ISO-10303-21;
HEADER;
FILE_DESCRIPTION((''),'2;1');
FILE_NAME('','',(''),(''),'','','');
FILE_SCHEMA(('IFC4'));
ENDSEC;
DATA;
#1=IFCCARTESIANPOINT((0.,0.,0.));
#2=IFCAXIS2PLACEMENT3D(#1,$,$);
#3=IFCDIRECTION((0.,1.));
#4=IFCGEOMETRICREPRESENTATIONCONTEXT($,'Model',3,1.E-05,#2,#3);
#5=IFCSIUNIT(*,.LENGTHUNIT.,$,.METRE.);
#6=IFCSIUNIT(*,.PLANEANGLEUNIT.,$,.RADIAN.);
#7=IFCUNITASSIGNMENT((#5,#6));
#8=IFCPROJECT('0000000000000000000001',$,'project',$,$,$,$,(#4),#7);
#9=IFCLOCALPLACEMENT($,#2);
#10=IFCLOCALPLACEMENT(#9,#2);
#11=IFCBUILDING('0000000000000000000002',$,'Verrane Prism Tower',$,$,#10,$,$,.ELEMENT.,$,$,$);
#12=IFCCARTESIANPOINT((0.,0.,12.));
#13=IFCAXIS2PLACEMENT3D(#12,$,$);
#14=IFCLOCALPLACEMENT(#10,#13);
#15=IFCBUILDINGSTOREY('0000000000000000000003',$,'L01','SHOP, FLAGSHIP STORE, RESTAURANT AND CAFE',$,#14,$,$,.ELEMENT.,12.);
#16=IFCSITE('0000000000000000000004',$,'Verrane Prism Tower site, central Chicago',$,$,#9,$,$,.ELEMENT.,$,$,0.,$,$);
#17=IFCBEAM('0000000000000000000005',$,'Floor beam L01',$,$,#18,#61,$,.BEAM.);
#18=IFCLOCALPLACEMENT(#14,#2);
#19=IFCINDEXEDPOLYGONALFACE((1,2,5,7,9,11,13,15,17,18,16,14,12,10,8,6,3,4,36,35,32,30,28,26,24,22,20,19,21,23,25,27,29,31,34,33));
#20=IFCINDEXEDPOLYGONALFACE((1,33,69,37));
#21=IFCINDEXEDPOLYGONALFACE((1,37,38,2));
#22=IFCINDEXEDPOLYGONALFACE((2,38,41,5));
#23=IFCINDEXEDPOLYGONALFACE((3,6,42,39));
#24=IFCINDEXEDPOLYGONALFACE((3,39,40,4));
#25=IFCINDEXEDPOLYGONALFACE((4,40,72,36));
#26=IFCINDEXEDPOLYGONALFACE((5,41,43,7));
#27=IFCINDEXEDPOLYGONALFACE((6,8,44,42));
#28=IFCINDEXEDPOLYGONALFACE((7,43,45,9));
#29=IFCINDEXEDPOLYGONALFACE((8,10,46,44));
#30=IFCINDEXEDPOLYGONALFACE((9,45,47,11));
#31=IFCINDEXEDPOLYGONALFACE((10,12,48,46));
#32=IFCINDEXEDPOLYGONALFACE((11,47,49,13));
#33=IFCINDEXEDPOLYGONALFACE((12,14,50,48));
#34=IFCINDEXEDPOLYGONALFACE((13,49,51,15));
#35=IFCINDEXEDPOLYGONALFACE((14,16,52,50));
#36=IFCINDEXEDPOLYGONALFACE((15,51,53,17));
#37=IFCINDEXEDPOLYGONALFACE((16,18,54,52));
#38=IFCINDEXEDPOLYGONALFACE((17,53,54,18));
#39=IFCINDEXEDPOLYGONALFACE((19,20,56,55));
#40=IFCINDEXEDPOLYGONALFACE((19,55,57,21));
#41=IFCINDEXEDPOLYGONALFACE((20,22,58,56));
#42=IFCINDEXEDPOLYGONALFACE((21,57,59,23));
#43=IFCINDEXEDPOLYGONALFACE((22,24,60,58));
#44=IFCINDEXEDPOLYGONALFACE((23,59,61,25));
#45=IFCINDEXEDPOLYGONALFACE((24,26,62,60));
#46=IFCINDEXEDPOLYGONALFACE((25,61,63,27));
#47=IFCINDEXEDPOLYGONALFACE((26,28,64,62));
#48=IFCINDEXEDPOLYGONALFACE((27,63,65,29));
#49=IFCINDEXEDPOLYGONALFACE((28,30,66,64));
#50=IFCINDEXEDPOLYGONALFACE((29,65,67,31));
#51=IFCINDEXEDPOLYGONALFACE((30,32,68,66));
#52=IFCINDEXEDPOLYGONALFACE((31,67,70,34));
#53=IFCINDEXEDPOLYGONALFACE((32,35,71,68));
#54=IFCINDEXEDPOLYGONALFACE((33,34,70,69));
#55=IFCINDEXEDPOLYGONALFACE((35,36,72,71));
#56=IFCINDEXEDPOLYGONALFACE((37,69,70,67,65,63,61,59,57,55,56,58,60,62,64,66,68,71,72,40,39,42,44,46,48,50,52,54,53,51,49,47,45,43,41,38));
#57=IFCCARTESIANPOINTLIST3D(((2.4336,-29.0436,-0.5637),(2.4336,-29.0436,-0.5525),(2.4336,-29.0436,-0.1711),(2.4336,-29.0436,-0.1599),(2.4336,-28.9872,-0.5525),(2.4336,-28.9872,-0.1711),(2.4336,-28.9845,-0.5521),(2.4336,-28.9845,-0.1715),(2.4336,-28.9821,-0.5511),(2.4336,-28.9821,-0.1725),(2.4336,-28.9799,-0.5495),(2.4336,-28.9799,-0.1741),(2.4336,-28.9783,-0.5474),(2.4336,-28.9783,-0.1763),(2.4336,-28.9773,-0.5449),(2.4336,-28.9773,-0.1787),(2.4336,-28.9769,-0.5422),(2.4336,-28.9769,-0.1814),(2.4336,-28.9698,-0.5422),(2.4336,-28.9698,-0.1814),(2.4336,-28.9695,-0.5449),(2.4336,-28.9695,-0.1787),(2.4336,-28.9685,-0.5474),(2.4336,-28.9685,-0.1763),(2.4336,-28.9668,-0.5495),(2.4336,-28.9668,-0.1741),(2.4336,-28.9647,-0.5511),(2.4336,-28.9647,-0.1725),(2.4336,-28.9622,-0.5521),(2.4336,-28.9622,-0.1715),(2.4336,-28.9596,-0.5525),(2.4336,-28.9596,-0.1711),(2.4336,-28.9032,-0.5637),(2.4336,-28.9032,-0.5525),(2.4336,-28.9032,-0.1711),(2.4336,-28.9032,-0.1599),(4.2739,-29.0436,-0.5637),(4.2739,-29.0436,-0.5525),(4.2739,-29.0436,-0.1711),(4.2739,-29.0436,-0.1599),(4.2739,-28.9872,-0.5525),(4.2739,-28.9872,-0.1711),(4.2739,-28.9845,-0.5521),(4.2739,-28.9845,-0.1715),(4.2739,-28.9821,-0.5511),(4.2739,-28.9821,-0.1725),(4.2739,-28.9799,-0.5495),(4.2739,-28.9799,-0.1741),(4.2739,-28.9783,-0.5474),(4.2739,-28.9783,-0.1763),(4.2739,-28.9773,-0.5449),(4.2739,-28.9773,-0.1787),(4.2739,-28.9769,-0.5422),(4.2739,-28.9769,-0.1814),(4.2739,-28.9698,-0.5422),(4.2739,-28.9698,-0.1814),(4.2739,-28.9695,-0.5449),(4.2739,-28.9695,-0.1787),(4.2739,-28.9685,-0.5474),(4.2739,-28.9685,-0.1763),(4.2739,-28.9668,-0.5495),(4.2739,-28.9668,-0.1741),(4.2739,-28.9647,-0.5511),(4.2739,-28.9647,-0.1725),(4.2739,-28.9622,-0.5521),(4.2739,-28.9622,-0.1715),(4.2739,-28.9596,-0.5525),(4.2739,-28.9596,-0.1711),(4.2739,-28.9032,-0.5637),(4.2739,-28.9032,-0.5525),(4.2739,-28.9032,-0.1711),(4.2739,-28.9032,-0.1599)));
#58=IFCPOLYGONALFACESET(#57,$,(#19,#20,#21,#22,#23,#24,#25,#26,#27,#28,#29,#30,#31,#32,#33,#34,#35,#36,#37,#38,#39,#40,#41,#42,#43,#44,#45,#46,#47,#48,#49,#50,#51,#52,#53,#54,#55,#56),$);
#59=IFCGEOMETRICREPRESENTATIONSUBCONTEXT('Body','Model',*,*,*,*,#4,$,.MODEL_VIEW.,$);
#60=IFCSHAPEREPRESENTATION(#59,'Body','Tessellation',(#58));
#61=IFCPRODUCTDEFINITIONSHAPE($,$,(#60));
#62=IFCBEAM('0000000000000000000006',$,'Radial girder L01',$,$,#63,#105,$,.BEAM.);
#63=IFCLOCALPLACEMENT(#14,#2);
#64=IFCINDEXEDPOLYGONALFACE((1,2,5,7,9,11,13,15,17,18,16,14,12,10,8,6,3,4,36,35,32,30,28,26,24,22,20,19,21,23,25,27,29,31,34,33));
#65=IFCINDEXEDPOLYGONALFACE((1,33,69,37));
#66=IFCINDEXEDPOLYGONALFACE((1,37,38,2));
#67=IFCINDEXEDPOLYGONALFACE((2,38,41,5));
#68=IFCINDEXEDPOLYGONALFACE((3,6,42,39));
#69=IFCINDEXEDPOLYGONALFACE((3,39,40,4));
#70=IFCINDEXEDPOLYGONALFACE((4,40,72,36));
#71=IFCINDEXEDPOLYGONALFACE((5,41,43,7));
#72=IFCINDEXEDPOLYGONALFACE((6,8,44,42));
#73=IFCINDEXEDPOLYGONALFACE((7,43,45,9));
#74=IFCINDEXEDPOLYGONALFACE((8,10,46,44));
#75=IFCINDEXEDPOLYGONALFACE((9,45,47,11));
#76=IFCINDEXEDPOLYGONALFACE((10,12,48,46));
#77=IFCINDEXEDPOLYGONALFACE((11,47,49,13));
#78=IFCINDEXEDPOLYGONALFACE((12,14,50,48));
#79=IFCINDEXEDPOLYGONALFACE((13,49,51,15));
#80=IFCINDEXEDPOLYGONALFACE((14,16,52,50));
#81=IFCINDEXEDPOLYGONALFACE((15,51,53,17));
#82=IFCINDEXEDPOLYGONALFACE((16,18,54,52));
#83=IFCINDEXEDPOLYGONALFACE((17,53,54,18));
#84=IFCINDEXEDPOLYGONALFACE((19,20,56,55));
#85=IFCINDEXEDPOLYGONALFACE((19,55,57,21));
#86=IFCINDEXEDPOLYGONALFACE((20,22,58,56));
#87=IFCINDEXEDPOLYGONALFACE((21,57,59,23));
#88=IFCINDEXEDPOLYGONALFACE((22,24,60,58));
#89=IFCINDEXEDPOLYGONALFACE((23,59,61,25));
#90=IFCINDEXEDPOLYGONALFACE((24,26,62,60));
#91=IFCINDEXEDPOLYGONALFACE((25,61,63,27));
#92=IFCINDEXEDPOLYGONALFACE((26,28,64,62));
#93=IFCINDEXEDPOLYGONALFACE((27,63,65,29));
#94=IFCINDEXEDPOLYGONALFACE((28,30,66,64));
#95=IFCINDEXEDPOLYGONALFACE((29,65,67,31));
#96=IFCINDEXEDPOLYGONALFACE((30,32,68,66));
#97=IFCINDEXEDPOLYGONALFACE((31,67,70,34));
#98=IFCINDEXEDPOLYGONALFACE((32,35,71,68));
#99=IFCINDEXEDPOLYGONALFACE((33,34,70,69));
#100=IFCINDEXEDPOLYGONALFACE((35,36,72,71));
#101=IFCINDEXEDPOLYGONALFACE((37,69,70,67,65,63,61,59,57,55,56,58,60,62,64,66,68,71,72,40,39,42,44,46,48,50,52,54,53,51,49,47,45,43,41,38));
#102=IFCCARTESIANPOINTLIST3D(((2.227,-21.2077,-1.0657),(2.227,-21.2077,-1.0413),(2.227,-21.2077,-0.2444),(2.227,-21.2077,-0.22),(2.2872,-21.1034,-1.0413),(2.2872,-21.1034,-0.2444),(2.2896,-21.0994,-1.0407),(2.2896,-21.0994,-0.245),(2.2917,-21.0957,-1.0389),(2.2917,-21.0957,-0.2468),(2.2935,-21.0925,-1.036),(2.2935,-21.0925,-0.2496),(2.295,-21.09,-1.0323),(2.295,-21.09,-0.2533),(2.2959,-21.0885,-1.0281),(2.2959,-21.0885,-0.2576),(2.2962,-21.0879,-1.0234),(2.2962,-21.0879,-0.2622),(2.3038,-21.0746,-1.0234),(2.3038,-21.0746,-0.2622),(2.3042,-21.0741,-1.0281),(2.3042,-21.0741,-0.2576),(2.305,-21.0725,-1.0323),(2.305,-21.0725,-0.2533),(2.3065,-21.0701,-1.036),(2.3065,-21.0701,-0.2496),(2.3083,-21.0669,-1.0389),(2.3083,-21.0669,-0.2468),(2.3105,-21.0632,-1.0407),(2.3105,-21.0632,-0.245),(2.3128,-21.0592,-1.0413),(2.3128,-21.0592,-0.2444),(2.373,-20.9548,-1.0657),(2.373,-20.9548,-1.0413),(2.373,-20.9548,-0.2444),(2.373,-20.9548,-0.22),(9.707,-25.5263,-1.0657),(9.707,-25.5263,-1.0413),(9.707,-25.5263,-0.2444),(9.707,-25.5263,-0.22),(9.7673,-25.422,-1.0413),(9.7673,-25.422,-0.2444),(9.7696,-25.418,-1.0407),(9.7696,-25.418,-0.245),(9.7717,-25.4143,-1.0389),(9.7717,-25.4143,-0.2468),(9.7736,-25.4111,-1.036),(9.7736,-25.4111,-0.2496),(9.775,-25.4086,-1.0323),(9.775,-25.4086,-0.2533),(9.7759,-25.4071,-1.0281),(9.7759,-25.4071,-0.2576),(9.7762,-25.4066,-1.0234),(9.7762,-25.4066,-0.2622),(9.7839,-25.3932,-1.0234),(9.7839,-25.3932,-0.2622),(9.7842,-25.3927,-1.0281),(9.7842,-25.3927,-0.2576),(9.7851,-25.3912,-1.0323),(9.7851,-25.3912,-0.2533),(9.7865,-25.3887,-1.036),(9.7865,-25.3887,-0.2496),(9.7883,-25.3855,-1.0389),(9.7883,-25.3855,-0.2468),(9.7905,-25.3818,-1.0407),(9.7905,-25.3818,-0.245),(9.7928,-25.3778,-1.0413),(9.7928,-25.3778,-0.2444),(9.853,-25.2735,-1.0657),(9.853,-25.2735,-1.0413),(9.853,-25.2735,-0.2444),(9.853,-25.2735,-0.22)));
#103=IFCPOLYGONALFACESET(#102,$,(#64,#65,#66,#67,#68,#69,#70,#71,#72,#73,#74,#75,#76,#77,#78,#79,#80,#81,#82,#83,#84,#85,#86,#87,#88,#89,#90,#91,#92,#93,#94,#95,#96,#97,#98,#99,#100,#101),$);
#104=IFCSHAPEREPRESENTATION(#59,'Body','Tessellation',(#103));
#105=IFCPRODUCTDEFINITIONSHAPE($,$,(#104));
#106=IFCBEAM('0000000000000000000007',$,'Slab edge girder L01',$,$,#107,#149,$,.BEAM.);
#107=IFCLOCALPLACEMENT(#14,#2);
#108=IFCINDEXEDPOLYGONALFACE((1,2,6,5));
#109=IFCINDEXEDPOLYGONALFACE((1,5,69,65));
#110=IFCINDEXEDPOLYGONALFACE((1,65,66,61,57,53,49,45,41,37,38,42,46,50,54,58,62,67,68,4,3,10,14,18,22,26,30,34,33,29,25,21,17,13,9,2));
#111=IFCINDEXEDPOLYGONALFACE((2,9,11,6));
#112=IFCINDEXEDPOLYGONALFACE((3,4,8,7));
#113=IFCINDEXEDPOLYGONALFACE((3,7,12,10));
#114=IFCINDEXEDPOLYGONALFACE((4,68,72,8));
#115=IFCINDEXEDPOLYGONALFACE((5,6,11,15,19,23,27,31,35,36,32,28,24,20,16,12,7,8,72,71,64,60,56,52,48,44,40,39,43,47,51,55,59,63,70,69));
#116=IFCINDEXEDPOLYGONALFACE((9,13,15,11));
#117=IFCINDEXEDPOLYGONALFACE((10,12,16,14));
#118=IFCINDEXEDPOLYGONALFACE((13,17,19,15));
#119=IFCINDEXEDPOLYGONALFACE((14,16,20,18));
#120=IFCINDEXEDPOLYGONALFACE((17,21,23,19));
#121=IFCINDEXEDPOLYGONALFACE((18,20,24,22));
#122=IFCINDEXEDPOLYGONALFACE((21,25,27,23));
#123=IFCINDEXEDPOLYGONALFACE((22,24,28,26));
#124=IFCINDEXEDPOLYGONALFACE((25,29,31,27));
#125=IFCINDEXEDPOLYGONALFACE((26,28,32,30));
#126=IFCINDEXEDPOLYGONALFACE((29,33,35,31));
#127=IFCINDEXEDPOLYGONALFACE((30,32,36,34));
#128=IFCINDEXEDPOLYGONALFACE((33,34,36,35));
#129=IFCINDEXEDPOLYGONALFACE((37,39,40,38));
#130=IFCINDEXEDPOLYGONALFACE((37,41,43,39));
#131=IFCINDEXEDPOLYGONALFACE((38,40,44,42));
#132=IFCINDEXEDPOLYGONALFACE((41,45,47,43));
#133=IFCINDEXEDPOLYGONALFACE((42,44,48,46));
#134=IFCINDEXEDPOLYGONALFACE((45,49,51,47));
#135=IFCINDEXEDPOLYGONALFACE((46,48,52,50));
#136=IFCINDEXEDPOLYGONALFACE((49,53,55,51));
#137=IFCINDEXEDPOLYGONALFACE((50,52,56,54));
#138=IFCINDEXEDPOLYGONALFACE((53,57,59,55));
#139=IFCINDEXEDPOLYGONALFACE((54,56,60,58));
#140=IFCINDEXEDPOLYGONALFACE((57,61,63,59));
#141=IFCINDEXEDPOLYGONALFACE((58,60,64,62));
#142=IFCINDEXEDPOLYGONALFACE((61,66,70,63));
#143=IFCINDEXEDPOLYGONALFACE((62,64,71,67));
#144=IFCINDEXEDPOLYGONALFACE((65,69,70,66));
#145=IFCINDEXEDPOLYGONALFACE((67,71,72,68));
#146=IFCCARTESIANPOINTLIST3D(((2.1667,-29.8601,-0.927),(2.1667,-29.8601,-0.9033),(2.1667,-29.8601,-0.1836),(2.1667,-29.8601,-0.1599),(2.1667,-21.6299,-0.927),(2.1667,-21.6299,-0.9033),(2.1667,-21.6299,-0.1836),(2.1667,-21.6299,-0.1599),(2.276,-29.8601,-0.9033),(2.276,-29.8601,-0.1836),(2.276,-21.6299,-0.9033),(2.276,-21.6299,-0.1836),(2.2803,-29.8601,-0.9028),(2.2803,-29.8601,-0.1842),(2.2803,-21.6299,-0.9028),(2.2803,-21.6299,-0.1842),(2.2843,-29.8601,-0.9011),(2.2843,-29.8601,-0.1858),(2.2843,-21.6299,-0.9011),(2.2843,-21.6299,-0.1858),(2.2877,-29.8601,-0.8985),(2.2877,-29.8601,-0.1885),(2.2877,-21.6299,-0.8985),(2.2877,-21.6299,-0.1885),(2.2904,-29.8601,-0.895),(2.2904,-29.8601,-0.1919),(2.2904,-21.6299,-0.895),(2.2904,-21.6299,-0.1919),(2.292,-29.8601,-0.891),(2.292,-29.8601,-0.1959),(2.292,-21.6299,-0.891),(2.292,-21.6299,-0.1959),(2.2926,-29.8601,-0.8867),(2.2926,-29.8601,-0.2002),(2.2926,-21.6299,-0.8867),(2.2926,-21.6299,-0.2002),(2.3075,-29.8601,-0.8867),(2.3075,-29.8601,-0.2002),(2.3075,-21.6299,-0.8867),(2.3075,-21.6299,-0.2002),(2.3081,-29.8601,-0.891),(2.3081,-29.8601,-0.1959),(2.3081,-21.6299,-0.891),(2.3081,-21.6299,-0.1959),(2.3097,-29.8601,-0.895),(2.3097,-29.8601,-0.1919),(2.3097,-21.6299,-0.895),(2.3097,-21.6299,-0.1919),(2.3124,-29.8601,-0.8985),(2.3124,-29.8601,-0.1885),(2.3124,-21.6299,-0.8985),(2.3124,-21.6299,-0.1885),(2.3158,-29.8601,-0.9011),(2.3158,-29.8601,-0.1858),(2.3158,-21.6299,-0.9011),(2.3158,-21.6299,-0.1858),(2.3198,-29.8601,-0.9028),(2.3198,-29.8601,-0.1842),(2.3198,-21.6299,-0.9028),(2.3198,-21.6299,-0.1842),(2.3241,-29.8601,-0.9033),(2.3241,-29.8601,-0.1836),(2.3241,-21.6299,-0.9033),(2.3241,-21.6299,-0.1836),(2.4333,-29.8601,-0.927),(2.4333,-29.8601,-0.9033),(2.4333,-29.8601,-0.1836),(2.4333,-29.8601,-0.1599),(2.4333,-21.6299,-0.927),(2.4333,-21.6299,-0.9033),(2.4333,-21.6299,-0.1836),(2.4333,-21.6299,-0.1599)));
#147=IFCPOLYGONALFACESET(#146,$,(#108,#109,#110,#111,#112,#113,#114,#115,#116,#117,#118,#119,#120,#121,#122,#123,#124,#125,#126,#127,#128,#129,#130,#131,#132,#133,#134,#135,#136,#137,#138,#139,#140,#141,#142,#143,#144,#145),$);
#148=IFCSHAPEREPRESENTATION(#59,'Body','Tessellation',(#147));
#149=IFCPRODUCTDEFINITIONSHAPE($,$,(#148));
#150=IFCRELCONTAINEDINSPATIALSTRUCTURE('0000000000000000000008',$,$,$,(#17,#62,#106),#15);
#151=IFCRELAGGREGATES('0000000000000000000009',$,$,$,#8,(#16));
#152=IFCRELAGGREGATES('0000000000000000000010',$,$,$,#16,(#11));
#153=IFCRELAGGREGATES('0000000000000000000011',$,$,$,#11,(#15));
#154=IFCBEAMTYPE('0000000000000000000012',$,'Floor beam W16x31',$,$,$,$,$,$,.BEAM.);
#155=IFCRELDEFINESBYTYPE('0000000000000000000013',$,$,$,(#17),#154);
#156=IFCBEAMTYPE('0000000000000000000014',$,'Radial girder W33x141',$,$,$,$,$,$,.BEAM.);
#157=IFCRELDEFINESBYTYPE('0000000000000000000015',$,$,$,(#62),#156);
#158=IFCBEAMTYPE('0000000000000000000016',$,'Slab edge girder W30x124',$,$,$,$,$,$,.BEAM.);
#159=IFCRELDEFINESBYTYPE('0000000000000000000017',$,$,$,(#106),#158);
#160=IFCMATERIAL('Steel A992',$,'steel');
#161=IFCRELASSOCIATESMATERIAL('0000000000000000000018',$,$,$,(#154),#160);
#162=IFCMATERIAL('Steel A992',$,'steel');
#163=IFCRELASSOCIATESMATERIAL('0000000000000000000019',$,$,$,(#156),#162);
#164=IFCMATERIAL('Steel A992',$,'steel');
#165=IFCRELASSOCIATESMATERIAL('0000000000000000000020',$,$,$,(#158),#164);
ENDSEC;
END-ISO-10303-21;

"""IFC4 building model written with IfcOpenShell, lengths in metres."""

from ifc_helpers import new_model, si_unit, direction, frame, origin, origin_2d, place, context, subcontext, project, spatial, i_section, extrude, material, material_profile, profile_set, type_object, element, save


model = new_model("IFC4")

# Units and contexts
model_context = context("Model", 3, precision=1e-05, world=origin(), true_north=direction((0.0, 1.0)))
body_context = subcontext(model_context, "Body", "Model", "MODEL_VIEW")
ifc_project = project(units=[si_unit("LENGTHUNIT", "METRE"), si_unit("PLANEANGLEUNIT", "RADIAN")], contexts=[model_context])

# Site, building, storey
site_placement = place(None, origin())
site = spatial("IfcSite", under=ifc_project, at=site_placement, Name="Verrane Prism Tower site, central Chicago", CompositionType="ELEMENT", RefElevation=0.0)
building_placement = place(site_placement, origin())
building = spatial("IfcBuilding", under=site, at=building_placement, Name="Verrane Prism Tower", CompositionType="ELEMENT")
storey_placement = place(building_placement, frame((0.0, 0.0, 12.0)))
storey = spatial("IfcBuildingStorey", under=building, at=storey_placement, Name="L01", Description="SHOP, FLAGSHIP STORE, RESTAURANT AND CAFE", CompositionType="ELEMENT", Elevation=12.0)

# Beams
ifc_material_1 = material(Name="Steel A992", Category="steel")
ifc_material_profile_1 = material_profile(ifc_material_1, i_section(OverallWidth=0.1404, OverallDepth=0.4038, WebThickness=0.0071, FlangeThickness=0.0112, FilletRadius=0.0103, at=origin_2d()), Name="W16x31")
ifc_profile_set_1 = profile_set([ifc_material_profile_1], Name="Steel A992")
beam_type_1 = type_object("IfcBeamType", Name="Floor beam W16x31", PredefinedType="BEAM", material=ifc_profile_set_1)
beam_1_placement = place(storey_placement, frame((2.4336, -28.9734, -0.3618), z_axis=(1.0, 0.0, 0.0), x_axis=(0.0, 1.0, 0.0)))
element("IfcBeam", 1, at=beam_1_placement, inside=storey, type_object=beam_type_1, Name="Floor beam L01", PredefinedType="BEAM", context=body_context, shape_type="SweptSolid", body=[
    extrude(i_section(OverallWidth=0.1404, OverallDepth=0.4038, WebThickness=0.0071, FlangeThickness=0.0112, FilletRadius=0.0103, at=origin_2d()), origin(), (0.0, 0.0, 1.0), 1.8403),
])
ifc_material_2 = material(Name="Steel A992", Category="steel")
ifc_material_profile_2 = material_profile(ifc_material_2, i_section(OverallWidth=0.292, OverallDepth=0.8457, WebThickness=0.0154, FlangeThickness=0.0244, FilletRadius=0.0178, at=origin_2d()), Name="W33x141")
ifc_profile_set_2 = profile_set([ifc_material_profile_2], Name="Steel A992")
beam_type_2 = type_object("IfcBeamType", Name="Radial girder W33x141", PredefinedType="BEAM", material=ifc_profile_set_2)
beam_2_placement = place(storey_placement, frame((9.78, -25.3999, -0.6428), z_axis=(-0.866024, 0.500003, 0.0), x_axis=(-0.500003, -0.866024, 0.0)))
element("IfcBeam", 2, at=beam_2_placement, inside=storey, type_object=beam_type_2, Name="Radial girder L01", PredefinedType="BEAM", context=body_context, shape_type="SweptSolid", body=[
    extrude(i_section(OverallWidth=0.292, OverallDepth=0.8457, WebThickness=0.0154, FlangeThickness=0.0244, FilletRadius=0.0178, at=origin_2d()), origin(), (0.0, 0.0, 1.0), 8.6372),
])
ifc_material_3 = material(Name="Steel A992", Category="steel")
ifc_material_profile_3 = material_profile(ifc_material_3, i_section(OverallWidth=0.2666, OverallDepth=0.7671, WebThickness=0.0149, FlangeThickness=0.0237, FilletRadius=0.0166, at=origin_2d()), Name="W30x124")
ifc_profile_set_3 = profile_set([ifc_material_profile_3], Name="Steel A992")
beam_type_3 = type_object("IfcBeamType", Name="Slab edge girder W30x124", PredefinedType="BEAM", material=ifc_profile_set_3)
beam_3_placement = place(storey_placement, frame((2.3, -29.8601, -0.5435), z_axis=(0.0, 1.0, 0.0), x_axis=(-1.0, 0.0, 0.0)))
element("IfcBeam", 3, at=beam_3_placement, inside=storey, type_object=beam_type_3, Name="Slab edge girder L01", PredefinedType="BEAM", context=body_context, shape_type="SweptSolid", body=[
    extrude(i_section(OverallWidth=0.2666, OverallDepth=0.7671, WebThickness=0.0149, FlangeThickness=0.0237, FilletRadius=0.0166, at=origin_2d()), origin(), (0.0, 0.0, 1.0), 8.2302),
])

save(model, "model.ifc")
